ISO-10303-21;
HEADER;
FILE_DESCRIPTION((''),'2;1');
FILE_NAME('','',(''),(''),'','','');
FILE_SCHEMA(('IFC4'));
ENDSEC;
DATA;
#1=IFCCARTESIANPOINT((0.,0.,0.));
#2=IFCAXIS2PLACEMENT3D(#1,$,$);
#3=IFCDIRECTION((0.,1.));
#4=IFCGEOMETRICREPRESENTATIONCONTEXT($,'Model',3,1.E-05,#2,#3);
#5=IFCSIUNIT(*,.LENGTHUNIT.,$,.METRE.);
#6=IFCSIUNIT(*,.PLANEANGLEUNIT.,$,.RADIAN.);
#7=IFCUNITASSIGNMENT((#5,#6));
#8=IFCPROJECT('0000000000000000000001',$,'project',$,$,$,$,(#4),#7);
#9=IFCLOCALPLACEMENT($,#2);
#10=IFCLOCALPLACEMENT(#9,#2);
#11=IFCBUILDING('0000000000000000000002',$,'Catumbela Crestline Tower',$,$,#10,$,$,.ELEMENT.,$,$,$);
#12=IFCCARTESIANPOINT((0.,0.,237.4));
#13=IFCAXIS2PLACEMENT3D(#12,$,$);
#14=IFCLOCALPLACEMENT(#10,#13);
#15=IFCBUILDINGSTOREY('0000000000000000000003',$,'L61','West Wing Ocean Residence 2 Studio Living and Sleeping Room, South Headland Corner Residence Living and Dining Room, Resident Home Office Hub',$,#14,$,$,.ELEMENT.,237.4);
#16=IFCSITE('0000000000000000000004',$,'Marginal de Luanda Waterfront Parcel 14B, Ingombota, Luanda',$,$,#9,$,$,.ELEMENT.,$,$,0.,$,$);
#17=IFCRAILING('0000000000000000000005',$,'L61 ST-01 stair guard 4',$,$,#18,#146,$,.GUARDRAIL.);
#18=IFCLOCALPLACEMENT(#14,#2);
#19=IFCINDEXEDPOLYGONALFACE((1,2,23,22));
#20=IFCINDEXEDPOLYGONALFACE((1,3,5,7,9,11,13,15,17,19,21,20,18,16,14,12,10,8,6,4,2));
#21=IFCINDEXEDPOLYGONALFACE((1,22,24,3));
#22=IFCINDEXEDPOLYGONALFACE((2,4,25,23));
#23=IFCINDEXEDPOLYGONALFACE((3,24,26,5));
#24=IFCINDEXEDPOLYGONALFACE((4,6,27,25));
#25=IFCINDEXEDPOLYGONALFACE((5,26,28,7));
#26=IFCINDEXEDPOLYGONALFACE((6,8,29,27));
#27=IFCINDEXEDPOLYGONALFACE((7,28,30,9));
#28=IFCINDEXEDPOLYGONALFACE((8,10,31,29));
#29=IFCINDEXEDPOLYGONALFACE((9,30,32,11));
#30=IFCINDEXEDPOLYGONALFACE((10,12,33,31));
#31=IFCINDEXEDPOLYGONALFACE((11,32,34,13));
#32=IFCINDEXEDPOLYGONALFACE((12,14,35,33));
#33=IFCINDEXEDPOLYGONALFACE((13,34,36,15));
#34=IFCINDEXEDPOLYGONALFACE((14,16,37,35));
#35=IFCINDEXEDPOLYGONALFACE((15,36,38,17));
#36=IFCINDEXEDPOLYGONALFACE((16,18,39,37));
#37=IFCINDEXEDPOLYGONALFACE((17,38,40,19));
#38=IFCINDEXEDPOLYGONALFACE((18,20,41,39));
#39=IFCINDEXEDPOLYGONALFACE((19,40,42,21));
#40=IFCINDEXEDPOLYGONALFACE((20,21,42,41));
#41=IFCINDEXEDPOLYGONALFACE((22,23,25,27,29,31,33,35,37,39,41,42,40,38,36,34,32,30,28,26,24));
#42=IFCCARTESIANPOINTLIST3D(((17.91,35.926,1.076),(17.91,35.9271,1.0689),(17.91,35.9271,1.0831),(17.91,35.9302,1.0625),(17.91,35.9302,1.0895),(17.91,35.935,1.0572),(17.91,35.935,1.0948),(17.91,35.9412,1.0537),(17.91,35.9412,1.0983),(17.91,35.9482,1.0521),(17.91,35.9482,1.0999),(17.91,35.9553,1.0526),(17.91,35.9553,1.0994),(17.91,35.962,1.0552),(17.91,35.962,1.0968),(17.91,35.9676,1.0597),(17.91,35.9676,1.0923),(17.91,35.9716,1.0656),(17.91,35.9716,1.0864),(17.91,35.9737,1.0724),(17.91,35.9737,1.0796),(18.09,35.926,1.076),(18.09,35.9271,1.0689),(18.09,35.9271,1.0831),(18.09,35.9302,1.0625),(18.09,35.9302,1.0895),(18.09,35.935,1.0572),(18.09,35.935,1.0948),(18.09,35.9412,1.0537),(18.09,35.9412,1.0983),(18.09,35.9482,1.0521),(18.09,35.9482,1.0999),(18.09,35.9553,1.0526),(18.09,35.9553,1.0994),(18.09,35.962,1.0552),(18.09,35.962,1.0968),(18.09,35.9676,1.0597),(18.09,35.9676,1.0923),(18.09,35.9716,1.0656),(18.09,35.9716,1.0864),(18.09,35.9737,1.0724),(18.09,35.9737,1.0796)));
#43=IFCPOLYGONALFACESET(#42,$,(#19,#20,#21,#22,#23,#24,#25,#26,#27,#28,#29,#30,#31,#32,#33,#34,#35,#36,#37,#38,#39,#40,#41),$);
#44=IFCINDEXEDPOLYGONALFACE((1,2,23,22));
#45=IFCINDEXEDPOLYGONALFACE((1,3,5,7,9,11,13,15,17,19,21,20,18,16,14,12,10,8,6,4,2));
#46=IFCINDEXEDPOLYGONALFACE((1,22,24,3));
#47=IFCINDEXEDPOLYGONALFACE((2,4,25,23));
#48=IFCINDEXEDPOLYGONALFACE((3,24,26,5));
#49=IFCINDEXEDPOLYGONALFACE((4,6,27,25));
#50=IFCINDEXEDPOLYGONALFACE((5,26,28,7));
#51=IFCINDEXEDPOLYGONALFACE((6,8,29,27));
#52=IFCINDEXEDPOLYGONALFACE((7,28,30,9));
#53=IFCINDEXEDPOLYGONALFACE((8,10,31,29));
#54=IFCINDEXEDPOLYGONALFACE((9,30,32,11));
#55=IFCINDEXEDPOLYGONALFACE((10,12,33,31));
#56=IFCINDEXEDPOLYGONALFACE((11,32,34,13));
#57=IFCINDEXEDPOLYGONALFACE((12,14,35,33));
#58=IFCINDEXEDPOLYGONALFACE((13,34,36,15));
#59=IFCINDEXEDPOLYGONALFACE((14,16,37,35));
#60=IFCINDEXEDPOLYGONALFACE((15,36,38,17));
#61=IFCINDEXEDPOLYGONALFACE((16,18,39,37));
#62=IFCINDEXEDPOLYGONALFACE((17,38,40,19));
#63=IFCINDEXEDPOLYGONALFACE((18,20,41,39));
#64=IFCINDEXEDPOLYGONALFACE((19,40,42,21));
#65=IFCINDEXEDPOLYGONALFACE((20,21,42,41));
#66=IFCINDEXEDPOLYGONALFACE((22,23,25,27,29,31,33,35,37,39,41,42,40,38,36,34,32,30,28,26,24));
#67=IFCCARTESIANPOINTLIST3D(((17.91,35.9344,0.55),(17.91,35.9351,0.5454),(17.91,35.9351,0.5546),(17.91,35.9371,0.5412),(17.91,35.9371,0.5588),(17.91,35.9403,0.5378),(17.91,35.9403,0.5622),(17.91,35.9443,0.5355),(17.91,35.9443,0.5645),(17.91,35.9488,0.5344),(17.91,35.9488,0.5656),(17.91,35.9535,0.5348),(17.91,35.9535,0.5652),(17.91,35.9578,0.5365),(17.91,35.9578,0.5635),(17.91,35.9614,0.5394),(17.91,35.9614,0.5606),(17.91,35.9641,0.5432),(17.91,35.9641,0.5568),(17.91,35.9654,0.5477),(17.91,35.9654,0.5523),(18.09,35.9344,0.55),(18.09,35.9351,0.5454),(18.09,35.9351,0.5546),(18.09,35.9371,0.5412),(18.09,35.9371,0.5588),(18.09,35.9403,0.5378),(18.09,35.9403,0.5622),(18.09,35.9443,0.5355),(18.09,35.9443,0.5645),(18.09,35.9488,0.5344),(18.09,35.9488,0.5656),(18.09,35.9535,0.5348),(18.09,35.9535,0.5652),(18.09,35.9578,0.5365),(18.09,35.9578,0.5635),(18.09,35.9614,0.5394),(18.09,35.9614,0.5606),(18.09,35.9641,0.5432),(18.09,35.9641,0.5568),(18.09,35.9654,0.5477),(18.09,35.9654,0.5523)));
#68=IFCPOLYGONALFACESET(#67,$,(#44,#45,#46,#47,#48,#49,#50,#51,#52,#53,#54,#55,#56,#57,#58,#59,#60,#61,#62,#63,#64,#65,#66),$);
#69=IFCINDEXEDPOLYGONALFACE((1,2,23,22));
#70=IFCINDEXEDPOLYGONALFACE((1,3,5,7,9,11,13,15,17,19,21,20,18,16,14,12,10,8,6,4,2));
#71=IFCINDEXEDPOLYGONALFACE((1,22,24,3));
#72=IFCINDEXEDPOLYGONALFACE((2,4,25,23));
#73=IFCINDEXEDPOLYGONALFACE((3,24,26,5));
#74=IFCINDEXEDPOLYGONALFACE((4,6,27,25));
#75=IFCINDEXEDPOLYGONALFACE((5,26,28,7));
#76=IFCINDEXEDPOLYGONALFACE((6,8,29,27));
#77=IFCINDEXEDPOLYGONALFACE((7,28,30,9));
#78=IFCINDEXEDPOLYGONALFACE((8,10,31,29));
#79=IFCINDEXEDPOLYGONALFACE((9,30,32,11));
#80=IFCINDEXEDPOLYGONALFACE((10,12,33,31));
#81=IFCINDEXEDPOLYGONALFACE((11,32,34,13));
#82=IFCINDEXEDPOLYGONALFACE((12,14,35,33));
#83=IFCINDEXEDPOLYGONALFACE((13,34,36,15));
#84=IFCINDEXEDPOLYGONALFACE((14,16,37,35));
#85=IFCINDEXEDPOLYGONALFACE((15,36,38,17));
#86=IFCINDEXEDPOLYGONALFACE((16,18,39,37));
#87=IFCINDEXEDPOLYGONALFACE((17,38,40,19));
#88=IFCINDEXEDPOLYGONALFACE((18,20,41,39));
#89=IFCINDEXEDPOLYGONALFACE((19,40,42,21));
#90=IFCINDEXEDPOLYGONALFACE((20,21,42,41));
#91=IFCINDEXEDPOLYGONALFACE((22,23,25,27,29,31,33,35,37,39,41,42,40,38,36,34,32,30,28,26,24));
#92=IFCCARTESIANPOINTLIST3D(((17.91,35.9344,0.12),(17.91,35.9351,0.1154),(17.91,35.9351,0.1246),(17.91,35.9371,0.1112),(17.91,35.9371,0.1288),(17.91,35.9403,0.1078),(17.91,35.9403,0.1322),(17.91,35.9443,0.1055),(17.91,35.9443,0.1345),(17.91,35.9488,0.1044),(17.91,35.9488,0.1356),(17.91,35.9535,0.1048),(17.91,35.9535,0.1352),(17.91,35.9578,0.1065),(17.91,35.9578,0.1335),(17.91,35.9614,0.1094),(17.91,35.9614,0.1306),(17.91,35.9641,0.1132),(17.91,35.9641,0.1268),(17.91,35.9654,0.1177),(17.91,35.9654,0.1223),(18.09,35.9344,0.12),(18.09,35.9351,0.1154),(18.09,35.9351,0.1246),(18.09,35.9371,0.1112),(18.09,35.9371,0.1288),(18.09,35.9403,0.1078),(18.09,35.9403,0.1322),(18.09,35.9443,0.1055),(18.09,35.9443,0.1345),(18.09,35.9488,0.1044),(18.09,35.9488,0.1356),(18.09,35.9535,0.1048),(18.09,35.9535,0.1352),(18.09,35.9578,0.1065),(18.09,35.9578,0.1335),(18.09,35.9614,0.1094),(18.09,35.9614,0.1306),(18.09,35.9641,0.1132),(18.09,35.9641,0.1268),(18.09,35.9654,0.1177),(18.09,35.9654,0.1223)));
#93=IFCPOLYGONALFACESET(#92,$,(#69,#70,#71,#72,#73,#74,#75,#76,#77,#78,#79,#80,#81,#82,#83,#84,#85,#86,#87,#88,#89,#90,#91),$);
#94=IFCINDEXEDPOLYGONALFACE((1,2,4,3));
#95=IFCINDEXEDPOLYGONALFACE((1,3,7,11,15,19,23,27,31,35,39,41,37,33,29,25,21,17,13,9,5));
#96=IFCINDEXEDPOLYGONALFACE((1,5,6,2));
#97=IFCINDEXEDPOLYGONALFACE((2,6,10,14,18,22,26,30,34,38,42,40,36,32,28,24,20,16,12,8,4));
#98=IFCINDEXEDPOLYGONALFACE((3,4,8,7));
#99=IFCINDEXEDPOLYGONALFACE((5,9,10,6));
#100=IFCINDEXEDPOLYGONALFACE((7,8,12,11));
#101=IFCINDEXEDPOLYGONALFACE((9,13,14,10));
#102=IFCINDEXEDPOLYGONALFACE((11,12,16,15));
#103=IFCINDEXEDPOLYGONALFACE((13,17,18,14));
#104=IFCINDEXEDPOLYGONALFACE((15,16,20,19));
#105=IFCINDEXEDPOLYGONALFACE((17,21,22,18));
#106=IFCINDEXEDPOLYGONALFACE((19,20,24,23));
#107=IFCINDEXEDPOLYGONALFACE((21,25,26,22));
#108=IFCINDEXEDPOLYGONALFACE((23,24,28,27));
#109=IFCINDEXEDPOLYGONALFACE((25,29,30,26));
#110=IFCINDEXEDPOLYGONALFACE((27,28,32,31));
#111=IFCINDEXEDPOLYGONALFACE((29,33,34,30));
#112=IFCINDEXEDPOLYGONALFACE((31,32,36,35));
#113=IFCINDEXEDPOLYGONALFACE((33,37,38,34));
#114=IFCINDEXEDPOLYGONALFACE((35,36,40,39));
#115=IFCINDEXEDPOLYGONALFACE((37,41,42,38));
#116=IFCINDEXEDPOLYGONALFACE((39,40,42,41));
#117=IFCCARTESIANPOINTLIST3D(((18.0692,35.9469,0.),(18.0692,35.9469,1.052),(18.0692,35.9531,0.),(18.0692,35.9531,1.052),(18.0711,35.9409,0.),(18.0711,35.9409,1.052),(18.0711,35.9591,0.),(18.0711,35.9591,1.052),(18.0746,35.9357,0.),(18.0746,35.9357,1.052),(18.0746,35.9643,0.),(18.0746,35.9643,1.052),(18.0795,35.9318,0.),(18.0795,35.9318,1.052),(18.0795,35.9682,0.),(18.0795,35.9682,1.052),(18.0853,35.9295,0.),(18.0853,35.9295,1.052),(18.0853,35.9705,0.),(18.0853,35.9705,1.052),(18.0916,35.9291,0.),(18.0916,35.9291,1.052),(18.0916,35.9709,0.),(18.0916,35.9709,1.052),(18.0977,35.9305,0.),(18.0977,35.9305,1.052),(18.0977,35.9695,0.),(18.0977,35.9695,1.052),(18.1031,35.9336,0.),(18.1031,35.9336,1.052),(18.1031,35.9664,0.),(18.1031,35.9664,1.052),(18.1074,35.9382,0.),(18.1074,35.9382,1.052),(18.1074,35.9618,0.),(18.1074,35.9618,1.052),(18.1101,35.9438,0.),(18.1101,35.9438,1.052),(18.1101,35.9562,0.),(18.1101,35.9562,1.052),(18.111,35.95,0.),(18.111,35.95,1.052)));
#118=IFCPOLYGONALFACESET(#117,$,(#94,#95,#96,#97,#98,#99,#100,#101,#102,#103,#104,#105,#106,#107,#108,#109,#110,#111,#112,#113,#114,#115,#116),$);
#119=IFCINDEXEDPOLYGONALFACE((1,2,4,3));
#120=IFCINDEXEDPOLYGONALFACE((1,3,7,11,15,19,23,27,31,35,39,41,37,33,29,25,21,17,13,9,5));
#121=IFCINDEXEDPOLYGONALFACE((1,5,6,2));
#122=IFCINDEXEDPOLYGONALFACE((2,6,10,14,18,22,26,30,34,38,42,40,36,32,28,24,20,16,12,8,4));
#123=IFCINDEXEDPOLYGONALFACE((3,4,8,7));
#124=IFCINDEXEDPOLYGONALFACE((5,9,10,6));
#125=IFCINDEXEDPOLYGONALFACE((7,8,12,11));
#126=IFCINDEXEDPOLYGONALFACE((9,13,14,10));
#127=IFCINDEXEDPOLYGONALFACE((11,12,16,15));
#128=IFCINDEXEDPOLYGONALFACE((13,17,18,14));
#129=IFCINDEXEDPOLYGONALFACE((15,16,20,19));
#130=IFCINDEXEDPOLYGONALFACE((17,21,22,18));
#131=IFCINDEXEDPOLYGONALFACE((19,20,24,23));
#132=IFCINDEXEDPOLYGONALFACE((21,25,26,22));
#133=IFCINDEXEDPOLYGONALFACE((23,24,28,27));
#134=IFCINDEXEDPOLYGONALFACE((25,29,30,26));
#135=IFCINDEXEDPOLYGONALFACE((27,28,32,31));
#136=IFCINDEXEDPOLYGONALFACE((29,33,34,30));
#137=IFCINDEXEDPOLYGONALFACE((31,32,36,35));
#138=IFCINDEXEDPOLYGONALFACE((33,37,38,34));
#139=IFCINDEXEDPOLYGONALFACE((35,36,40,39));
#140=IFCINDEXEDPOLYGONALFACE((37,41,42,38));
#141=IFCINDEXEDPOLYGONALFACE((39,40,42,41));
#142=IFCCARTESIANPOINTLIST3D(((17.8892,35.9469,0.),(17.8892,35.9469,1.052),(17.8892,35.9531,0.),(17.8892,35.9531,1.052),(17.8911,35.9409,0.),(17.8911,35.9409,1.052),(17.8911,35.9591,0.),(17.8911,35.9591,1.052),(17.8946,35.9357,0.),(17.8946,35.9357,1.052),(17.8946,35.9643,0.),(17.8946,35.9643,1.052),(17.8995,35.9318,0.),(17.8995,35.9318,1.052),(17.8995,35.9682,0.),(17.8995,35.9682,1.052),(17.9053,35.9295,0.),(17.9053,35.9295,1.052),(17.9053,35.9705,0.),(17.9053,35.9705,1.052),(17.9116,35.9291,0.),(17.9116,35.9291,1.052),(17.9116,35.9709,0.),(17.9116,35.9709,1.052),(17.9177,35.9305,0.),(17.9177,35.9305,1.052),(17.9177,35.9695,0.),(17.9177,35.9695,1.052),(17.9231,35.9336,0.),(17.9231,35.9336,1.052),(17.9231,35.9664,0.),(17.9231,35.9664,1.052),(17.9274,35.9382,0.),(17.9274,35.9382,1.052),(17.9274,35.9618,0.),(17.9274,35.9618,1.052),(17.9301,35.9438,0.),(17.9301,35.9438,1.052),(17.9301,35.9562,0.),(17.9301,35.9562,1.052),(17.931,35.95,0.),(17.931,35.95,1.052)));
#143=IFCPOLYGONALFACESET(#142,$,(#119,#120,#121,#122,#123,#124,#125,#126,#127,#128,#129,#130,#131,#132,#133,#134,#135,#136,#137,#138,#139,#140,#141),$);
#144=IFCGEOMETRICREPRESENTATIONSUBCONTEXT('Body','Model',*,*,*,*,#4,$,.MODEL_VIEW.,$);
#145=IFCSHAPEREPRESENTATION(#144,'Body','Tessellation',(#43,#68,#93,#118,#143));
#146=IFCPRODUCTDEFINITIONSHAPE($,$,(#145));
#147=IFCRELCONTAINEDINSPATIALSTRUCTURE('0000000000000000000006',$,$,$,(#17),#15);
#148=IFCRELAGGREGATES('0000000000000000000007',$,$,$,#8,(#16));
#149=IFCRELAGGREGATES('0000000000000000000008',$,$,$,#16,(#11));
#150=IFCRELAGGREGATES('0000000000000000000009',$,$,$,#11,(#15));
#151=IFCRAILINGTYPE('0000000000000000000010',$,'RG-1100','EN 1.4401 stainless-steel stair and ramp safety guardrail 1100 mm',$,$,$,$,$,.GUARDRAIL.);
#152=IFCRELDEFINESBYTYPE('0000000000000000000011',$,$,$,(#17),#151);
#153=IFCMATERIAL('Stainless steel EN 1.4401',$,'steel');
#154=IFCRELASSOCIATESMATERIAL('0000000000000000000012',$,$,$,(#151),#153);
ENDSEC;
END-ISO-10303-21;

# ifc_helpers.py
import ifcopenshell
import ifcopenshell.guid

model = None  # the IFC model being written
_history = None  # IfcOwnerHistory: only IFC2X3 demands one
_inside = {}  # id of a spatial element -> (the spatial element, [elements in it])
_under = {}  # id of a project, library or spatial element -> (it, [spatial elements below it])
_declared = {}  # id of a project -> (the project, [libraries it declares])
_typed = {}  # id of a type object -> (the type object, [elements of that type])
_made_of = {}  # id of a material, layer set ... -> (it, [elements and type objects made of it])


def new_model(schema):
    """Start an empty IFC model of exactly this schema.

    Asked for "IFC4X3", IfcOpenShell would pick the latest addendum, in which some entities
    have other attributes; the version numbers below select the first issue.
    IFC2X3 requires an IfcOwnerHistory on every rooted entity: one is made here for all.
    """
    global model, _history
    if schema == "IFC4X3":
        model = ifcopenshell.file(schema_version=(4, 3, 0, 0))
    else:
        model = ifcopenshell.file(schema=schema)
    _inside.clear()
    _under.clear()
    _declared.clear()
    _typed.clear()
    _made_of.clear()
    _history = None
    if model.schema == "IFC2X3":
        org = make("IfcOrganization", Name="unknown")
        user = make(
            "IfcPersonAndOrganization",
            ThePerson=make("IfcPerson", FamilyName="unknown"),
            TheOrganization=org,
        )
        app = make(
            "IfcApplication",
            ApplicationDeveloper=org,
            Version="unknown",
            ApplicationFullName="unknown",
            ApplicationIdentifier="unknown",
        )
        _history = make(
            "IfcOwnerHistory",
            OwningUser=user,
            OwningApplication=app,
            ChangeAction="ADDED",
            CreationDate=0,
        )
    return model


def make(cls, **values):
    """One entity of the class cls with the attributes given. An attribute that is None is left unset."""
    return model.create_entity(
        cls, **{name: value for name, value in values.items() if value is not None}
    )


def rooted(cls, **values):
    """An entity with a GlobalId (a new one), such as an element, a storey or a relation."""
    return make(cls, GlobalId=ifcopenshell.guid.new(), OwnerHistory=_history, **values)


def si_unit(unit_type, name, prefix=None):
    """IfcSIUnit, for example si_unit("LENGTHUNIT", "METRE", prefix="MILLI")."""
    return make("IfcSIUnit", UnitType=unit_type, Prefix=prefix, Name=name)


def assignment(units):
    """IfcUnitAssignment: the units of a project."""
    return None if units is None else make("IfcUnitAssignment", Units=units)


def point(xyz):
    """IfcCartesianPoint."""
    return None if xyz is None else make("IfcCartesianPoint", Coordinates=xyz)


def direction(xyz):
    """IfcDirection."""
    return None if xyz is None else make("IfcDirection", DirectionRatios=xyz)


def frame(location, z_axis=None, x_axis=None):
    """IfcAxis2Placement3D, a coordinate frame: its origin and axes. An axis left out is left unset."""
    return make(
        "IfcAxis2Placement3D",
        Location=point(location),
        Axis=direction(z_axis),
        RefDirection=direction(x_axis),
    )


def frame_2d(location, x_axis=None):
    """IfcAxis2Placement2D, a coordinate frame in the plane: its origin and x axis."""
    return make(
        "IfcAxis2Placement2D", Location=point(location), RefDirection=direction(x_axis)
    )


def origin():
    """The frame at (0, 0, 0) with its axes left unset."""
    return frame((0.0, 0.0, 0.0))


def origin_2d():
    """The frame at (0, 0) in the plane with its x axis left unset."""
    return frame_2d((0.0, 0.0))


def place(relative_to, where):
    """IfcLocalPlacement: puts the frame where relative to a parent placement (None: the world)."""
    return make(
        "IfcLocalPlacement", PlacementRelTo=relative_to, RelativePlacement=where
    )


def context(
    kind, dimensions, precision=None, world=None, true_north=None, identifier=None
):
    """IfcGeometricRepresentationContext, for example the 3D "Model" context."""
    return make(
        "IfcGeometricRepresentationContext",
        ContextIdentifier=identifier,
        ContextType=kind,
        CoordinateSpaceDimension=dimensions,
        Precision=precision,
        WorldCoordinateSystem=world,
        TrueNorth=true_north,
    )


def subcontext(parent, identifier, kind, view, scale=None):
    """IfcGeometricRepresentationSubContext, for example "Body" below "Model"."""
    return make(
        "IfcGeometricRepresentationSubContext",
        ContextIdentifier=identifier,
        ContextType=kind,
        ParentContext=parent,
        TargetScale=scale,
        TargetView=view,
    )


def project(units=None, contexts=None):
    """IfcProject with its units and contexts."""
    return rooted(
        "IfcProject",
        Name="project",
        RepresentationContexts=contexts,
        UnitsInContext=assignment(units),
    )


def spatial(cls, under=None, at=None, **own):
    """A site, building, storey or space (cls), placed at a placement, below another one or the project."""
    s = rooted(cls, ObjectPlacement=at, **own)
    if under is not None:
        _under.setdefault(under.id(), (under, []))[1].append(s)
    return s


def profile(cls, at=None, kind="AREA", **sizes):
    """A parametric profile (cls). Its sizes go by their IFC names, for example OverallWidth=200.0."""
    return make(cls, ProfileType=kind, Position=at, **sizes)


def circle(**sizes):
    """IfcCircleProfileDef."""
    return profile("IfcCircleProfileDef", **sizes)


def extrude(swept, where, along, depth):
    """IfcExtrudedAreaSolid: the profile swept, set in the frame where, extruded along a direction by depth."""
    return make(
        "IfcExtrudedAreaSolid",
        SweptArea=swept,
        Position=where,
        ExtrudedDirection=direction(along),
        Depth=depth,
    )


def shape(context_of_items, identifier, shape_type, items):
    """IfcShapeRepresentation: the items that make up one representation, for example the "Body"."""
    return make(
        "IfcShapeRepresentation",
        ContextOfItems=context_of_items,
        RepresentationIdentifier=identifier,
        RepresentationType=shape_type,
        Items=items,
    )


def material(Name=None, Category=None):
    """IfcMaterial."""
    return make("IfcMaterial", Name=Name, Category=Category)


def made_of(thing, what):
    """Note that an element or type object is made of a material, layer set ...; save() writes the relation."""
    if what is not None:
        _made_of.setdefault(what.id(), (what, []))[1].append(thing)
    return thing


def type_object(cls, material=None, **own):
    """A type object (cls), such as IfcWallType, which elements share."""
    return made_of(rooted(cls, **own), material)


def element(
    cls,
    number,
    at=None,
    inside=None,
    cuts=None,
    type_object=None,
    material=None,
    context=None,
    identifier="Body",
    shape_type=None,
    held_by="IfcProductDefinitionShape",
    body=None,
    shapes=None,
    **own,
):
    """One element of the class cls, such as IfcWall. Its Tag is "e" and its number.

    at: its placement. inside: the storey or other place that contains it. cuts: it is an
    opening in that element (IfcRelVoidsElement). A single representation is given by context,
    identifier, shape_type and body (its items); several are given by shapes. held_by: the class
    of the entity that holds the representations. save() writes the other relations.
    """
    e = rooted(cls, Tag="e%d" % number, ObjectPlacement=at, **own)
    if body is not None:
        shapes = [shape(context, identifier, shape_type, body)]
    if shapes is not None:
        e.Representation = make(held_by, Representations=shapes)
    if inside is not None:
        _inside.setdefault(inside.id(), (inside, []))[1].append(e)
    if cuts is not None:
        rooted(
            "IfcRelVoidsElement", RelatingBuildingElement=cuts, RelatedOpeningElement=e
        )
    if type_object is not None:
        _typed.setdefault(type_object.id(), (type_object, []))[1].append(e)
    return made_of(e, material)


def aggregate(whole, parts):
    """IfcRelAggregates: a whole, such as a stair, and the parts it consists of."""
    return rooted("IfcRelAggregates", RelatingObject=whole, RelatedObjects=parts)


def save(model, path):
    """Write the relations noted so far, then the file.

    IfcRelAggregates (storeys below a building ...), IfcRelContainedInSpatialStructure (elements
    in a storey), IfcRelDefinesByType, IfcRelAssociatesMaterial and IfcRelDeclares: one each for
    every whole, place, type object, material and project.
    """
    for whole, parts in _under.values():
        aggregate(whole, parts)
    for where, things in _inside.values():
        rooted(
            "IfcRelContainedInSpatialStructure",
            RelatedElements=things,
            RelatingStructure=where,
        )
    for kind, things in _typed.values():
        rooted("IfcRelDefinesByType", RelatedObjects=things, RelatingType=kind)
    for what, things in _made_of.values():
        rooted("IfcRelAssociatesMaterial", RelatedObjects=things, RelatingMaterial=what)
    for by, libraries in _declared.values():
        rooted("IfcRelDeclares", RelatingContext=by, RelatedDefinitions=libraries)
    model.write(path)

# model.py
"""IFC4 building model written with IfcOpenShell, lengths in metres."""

from ifc_helpers import new_model, si_unit, direction, frame, origin, origin_2d, place, context, subcontext, project, spatial, circle, extrude, material, type_object, element, save


model = new_model("IFC4")

# Units and contexts
model_context = context("Model", 3, precision=1e-05, world=origin(), true_north=direction((0.0, 1.0)))
body_context = subcontext(model_context, "Body", "Model", "MODEL_VIEW")
ifc_project = project(units=[si_unit("LENGTHUNIT", "METRE"), si_unit("PLANEANGLEUNIT", "RADIAN")], contexts=[model_context])

# Site, building, storey
site_placement = place(None, origin())
site = spatial("IfcSite", under=ifc_project, at=site_placement, Name="Marginal de Luanda Waterfront Parcel 14B, Ingombota, Luanda", CompositionType="ELEMENT", RefElevation=0.0)
building_placement = place(site_placement, origin())
building = spatial("IfcBuilding", under=site, at=building_placement, Name="Catumbela Crestline Tower", CompositionType="ELEMENT")
storey_placement = place(building_placement, frame((0.0, 0.0, 237.4)))
storey = spatial("IfcBuildingStorey", under=building, at=storey_placement, Name="L61", Description="West Wing Ocean Residence 2 Studio Living and Sleeping Room, South Headland Corner Residence Living and Dining Room, Resident Home Office Hub", CompositionType="ELEMENT", Elevation=237.4)

# Shared definitions
ifc_material_1 = material(Name="Stainless steel EN 1.4401", Category="steel")

# Railing
railing_type_1 = type_object("IfcRailingType", Name="RG-1100", Description="EN 1.4401 stainless-steel stair and ramp safety guardrail 1100 mm", PredefinedType="GUARDRAIL", material=ifc_material_1)
railing_1_placement = place(storey_placement, frame((18.09, 35.95, 0.0)))
element("IfcRailing", 1, at=railing_1_placement, inside=storey, type_object=railing_type_1, Name="L61 ST-01 stair guard 4", PredefinedType="GUARDRAIL", context=body_context, shape_type="SweptSolid", body=[
    extrude(circle(Radius=0.024, at=origin_2d()), frame((0.0, 0.0, 1.076), z_axis=(-1.0, 0.0, 0.0), x_axis=(0.0, -1.0, 0.0)), (0.0, 0.0, 1.0), 0.18),
    extrude(circle(Radius=0.0156, at=origin_2d()), frame((0.0, 0.0, 0.55), z_axis=(-1.0, 0.0, 0.0), x_axis=(0.0, -1.0, 0.0)), (0.0, 0.0, 1.0), 0.18),
    extrude(circle(Radius=0.0156, at=origin_2d()), frame((0.0, 0.0, 0.12), z_axis=(-1.0, 0.0, 0.0), x_axis=(0.0, -1.0, 0.0)), (0.0, 0.0, 1.0), 0.18),
    extrude(circle(Radius=0.021, at=origin_2d()), origin(), (0.0, 0.0, 1.0), 1.052),
    extrude(circle(Radius=0.021, at=origin_2d()), frame((-0.18, 0.0, 0.0)), (0.0, 0.0, 1.0), 1.052),
])

save(model, "model.ifc")
